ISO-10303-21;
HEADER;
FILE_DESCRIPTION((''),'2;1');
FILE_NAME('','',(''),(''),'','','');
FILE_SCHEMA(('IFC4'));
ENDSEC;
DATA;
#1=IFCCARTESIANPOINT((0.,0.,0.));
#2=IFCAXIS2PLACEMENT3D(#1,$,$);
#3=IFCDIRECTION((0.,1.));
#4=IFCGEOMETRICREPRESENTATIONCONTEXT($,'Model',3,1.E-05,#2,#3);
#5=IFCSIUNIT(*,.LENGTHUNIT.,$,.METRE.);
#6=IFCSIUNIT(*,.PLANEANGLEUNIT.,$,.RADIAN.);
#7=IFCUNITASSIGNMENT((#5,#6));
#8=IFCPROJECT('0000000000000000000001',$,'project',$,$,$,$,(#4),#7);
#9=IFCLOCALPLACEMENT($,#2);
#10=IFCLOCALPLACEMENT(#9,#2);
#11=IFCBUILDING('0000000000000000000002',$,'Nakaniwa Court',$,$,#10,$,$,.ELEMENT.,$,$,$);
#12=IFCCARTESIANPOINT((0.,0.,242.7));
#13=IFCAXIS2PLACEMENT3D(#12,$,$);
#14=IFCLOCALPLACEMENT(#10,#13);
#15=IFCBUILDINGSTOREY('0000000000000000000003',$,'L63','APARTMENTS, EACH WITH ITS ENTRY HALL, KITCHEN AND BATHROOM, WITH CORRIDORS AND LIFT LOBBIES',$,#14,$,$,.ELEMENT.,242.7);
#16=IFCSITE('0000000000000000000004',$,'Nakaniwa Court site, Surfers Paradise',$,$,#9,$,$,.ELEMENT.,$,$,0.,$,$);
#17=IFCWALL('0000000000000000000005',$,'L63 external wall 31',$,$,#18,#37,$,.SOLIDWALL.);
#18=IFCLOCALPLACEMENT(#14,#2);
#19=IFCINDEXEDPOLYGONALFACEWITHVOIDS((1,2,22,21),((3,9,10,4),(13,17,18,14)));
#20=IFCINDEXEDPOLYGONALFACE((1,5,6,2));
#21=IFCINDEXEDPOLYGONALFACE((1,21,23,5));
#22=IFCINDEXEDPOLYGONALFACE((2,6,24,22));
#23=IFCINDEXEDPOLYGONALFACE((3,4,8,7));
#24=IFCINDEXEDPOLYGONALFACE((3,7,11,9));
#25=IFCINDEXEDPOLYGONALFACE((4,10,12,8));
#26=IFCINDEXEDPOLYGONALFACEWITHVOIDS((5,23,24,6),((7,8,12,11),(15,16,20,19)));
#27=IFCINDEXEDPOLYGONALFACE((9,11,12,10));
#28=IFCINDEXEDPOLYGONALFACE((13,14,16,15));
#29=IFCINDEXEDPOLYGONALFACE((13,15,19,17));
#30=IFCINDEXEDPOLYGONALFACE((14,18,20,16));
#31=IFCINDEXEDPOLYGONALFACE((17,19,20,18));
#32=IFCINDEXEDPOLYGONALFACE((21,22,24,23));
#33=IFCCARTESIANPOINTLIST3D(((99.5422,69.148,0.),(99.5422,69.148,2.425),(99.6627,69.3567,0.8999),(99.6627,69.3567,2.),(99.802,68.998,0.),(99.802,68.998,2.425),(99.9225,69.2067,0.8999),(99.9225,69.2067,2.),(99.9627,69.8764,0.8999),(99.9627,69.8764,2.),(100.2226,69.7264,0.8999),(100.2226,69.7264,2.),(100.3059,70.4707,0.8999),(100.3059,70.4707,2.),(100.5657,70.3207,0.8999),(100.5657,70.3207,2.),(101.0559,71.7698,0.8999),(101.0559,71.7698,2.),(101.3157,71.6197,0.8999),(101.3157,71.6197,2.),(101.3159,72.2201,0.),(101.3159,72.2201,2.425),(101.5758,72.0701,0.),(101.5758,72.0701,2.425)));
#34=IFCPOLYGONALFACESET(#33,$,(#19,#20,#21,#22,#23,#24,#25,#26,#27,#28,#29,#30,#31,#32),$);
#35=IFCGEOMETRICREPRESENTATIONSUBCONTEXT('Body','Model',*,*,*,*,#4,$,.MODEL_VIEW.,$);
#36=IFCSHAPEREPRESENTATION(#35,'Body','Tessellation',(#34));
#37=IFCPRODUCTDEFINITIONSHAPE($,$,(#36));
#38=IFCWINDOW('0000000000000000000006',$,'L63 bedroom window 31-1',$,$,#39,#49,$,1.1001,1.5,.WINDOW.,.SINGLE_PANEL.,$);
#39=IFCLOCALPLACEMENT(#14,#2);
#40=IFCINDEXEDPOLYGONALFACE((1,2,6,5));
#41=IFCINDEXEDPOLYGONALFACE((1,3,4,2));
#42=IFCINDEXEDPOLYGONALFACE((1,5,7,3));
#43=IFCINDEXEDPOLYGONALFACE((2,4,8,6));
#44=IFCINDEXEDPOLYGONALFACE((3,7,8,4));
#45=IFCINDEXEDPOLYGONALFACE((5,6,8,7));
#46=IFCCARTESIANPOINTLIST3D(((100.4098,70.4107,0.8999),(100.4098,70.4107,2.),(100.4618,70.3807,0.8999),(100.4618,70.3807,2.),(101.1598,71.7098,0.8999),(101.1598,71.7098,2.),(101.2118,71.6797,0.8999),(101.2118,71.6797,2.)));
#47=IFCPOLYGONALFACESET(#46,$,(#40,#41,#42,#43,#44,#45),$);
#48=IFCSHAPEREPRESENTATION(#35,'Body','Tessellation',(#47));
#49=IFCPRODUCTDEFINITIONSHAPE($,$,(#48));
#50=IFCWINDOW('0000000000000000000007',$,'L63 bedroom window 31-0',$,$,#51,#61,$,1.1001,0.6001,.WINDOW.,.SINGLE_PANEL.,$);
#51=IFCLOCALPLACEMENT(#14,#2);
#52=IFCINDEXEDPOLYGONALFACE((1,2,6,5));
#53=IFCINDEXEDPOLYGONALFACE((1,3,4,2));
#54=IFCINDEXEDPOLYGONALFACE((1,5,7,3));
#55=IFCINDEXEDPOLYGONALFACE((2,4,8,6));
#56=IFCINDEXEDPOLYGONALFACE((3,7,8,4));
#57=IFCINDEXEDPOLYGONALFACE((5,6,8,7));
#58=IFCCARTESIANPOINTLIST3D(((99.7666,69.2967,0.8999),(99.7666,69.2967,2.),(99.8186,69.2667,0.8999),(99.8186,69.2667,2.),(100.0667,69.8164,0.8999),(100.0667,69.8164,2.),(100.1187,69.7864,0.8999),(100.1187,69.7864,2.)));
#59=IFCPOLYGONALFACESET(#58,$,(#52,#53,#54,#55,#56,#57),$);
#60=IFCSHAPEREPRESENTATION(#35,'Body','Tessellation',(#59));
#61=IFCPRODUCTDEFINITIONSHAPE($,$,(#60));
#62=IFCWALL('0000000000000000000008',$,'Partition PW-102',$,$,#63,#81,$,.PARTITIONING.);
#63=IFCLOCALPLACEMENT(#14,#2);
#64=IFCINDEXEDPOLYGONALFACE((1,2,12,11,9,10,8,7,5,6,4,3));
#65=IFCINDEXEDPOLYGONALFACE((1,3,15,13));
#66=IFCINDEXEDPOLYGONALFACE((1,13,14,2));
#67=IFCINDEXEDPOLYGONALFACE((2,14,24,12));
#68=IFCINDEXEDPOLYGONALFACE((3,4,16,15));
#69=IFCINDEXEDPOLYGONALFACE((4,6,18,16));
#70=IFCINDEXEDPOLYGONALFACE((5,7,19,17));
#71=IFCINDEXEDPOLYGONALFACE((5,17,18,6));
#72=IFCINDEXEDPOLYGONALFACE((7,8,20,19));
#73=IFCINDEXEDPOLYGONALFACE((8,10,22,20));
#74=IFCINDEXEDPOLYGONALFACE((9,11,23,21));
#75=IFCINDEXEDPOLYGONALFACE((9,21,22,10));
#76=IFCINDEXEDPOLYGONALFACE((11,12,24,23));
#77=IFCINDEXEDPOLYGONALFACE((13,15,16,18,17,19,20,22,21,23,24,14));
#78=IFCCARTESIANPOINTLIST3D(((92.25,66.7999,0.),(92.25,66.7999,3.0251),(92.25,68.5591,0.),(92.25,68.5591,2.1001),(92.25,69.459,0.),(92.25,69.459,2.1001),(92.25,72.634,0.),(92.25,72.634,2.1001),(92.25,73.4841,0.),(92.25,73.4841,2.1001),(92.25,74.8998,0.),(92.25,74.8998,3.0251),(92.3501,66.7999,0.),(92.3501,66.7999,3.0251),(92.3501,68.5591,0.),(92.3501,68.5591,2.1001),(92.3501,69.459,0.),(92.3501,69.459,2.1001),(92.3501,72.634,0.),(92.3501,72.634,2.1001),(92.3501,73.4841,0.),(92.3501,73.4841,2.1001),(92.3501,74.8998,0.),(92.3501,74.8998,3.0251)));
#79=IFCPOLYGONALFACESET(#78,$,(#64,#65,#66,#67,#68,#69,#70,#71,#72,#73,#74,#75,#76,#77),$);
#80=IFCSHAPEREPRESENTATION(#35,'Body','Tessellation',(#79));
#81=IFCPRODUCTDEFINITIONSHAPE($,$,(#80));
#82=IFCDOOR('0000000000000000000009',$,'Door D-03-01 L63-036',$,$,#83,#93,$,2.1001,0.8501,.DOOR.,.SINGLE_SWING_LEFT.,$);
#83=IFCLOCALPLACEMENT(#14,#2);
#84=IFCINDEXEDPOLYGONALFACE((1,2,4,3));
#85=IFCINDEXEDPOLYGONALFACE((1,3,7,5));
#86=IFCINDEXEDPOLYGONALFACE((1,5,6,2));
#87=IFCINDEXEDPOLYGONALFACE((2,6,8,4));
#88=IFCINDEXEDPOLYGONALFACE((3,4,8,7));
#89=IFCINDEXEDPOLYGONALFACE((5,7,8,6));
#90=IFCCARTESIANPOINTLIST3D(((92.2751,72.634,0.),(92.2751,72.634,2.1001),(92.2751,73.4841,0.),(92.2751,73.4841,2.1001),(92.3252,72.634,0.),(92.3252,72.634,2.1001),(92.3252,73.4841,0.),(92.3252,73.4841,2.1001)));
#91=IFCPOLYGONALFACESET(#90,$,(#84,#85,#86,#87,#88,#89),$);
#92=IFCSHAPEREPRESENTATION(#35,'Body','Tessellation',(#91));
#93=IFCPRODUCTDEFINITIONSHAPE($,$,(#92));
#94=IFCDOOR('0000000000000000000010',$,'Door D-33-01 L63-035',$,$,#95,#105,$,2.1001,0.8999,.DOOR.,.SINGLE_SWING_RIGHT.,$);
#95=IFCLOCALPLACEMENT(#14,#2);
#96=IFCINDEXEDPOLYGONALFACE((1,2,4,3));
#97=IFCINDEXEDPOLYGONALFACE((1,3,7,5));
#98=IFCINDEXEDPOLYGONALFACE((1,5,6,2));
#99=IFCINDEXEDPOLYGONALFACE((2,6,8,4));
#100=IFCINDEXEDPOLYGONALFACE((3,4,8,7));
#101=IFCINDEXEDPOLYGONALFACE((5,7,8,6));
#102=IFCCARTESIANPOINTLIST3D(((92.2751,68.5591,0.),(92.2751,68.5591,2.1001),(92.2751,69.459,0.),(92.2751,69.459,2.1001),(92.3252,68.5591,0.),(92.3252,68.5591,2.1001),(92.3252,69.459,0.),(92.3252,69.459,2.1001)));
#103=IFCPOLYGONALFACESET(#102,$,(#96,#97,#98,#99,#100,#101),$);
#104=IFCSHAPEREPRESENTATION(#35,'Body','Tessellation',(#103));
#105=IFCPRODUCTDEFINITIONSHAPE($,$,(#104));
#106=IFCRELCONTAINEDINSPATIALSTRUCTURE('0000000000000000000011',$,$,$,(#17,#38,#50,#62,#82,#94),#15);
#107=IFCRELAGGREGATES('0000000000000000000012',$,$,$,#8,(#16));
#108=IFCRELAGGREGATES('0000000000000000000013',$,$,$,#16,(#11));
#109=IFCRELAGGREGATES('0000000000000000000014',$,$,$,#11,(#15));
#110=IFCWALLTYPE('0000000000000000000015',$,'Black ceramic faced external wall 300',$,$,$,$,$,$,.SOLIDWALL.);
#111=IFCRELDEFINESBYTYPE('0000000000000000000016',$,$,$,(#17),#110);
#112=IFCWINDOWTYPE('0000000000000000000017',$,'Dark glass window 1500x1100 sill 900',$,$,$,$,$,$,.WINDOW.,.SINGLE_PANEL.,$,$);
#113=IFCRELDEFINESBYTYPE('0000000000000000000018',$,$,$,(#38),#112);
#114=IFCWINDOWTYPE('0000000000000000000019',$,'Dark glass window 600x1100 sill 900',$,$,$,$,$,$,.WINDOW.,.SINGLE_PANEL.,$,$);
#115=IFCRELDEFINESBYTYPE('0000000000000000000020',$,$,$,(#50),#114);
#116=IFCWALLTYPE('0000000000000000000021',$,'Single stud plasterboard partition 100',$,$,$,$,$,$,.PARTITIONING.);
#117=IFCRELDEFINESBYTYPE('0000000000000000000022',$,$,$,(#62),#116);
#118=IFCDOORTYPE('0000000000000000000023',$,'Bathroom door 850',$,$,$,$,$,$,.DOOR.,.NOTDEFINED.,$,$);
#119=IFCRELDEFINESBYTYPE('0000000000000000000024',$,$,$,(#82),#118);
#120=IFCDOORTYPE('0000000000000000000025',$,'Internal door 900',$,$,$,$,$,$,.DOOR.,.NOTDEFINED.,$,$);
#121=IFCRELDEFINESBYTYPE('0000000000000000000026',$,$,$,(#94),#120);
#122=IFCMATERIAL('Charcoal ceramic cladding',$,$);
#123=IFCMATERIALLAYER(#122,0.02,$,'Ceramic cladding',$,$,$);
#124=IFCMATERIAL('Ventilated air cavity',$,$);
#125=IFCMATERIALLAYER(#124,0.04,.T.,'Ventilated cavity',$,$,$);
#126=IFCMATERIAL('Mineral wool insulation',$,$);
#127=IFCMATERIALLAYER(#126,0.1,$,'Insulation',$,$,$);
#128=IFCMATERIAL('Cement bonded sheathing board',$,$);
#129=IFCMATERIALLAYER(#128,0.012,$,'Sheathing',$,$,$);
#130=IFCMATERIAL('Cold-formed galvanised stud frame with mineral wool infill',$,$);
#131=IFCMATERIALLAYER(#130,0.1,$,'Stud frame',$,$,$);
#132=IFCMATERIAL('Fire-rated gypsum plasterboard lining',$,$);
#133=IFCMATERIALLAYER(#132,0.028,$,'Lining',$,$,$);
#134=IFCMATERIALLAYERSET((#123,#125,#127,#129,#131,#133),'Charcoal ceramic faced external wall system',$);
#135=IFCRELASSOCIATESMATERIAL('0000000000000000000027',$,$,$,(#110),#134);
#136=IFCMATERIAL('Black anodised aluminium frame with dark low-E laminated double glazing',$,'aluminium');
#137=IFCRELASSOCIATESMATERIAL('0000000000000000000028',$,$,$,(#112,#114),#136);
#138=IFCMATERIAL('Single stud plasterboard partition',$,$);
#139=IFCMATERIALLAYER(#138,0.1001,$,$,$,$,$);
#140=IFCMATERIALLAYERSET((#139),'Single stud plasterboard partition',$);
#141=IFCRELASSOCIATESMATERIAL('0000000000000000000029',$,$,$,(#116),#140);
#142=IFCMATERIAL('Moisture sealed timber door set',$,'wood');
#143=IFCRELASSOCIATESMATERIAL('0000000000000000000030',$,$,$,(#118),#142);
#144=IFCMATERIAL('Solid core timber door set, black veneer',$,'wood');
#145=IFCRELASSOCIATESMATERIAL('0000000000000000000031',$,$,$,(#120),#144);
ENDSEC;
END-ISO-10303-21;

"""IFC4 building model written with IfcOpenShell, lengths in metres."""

from ifc_helpers import new_model, si_unit, direction, frame, frame_2d, origin, place, context, subcontext, project, spatial, rectangle, extrude, material, layer, layer_set, type_object, element, fill, save


model = new_model("IFC4")

# Units and contexts
model_context = context("Model", 3, precision=1e-05, world=origin(), true_north=direction((0.0, 1.0)))
body_context = subcontext(model_context, "Body", "Model", "MODEL_VIEW")
ifc_project = project(units=[si_unit("LENGTHUNIT", "METRE"), si_unit("PLANEANGLEUNIT", "RADIAN")], contexts=[model_context])

# Site, building, storey
site_placement = place(None, origin())
site = spatial("IfcSite", under=ifc_project, at=site_placement, Name="Nakaniwa Court site, Surfers Paradise", CompositionType="ELEMENT", RefElevation=0.0)
building_placement = place(site_placement, origin())
building = spatial("IfcBuilding", under=site, at=building_placement, Name="Nakaniwa Court", CompositionType="ELEMENT")
storey_placement = place(building_placement, frame((0.0, 0.0, 242.7)))
storey = spatial("IfcBuildingStorey", under=building, at=storey_placement, Name="L63", Description="APARTMENTS, EACH WITH ITS ENTRY HALL, KITCHEN AND BATHROOM, WITH CORRIDORS AND LIFT LOBBIES", CompositionType="ELEMENT", Elevation=242.7)

# Shared definitions
ifc_material_1 = material(Name="Charcoal ceramic cladding")
ifc_layer_1 = layer(ifc_material_1, 0.02, Name="Ceramic cladding")
ifc_material_2 = material(Name="Ventilated air cavity")
ifc_layer_2 = layer(ifc_material_2, 0.04, ventilated=True, Name="Ventilated cavity")
ifc_material_3 = material(Name="Mineral wool insulation")
ifc_layer_3 = layer(ifc_material_3, 0.1, Name="Insulation")
ifc_material_4 = material(Name="Cement bonded sheathing board")
ifc_layer_4 = layer(ifc_material_4, 0.012, Name="Sheathing")
ifc_material_5 = material(Name="Cold-formed galvanised stud frame with mineral wool infill")
ifc_layer_5 = layer(ifc_material_5, 0.1, Name="Stud frame")
ifc_material_6 = material(Name="Fire-rated gypsum plasterboard lining")
ifc_layer_6 = layer(ifc_material_6, 0.028, Name="Lining")
ifc_layer_set_1 = layer_set([ifc_layer_1, ifc_layer_2, ifc_layer_3, ifc_layer_4, ifc_layer_5, ifc_layer_6], Name="Charcoal ceramic faced external wall system")
wall_type_1 = type_object("IfcWallType", Name="Black ceramic faced external wall 300", PredefinedType="SOLIDWALL", material=ifc_layer_set_1)
ifc_material_7 = material(Name="Black anodised aluminium frame with dark low-E laminated double glazing", Category="aluminium")

# Wall, openings, windows
wall_1_placement = place(storey_placement, frame((99.6721, 69.073, 0.0), z_axis=(0.0, 0.0, 1.0), x_axis=(0.50001, 0.866019, 0.0)))
wall_1 = element("IfcWall", 1, at=wall_1_placement, inside=storey, type_object=wall_type_1, Name="L63 external wall 31", PredefinedType="SOLIDWALL", context=body_context, shape_type="SweptSolid", body=[
    extrude(rectangle(XDim=3.5474, YDim=0.3, at=frame_2d((1.7737, 0.0))), origin(), (0.0, 0.0, 1.0), 2.425),
])
opening_1_placement = place(wall_1_placement, frame((0.241, 0.0, 0.8999)))
opening_1 = element("IfcOpeningElement", 2, at=opening_1_placement, cuts=wall_1, PredefinedType="OPENING", context=body_context, shape_type="SweptSolid", body=[
    extrude(rectangle(XDim=0.6001, YDim=1.1001, at=frame_2d((0.3, 0.55))), frame((0.0, 0.1599, 0.0), z_axis=(0.0, -1.0, 0.0), x_axis=(1.0, 0.0, 0.0)), (0.0, 0.0, 1.0), 0.3201),
])
opening_2_placement = place(wall_1_placement, frame((1.5273, 0.0, 0.8999)))
opening_2 = element("IfcOpeningElement", 3, at=opening_2_placement, cuts=wall_1, PredefinedType="OPENING", context=body_context, shape_type="SweptSolid", body=[
    extrude(rectangle(XDim=1.5, YDim=1.1001, at=frame_2d((0.75, 0.55))), frame((0.0, 0.1599, 0.0), z_axis=(0.0, -1.0, 0.0), x_axis=(1.0, 0.0, 0.0)), (0.0, 0.0, 1.0), 0.3201),
])
window_type_1 = type_object("IfcWindowType", Name="Dark glass window 1500x1100 sill 900", PartitioningType="SINGLE_PANEL", PredefinedType="WINDOW", material=ifc_material_7)
window_1_placement = place(opening_2_placement, origin())
window_1 = element("IfcWindow", 4, at=window_1_placement, inside=storey, type_object=window_type_1, Name="L63 bedroom window 31-1", OverallHeight=1.1001, OverallWidth=1.5, PartitioningType="SINGLE_PANEL", PredefinedType="WINDOW", context=body_context, shape_type="SweptSolid", body=[
    extrude(rectangle(XDim=1.5, YDim=1.1001, at=frame_2d((0.75, 0.55))), frame((0.0, 0.03, 0.0), z_axis=(0.0, -1.0, 0.0), x_axis=(1.0, 0.0, 0.0)), (0.0, 0.0, 1.0), 0.0601),
])
fill(opening_2, window_1)
window_type_2 = type_object("IfcWindowType", Name="Dark glass window 600x1100 sill 900", PartitioningType="SINGLE_PANEL", PredefinedType="WINDOW", material=ifc_material_7)
window_2_placement = place(opening_1_placement, origin())
window_2 = element("IfcWindow", 5, at=window_2_placement, inside=storey, type_object=window_type_2, Name="L63 bedroom window 31-0", OverallHeight=1.1001, OverallWidth=0.6001, PartitioningType="SINGLE_PANEL", PredefinedType="WINDOW", context=body_context, shape_type="SweptSolid", body=[
    extrude(rectangle(XDim=0.6001, YDim=1.1001, at=frame_2d((0.3, 0.55))), frame((0.0, 0.03, 0.0), z_axis=(0.0, -1.0, 0.0), x_axis=(1.0, 0.0, 0.0)), (0.0, 0.0, 1.0), 0.0601),
])
fill(opening_1, window_2)

# Wall, openings, doors
ifc_material_8 = material(Name="Single stud plasterboard partition")
ifc_layer_7 = layer(ifc_material_8, 0.1001)
ifc_layer_set_2 = layer_set([ifc_layer_7], Name="Single stud plasterboard partition")
wall_type_2 = type_object("IfcWallType", Name="Single stud plasterboard partition 100", PredefinedType="PARTITIONING", material=ifc_layer_set_2)
wall_2_placement = place(storey_placement, frame((92.3, 66.8, 0.0), z_axis=(0.0, 0.0, 1.0), x_axis=(0.0, 1.0, 0.0)))
wall_2 = element("IfcWall", 6, at=wall_2_placement, inside=storey, type_object=wall_type_2, Name="Partition PW-102", PredefinedType="PARTITIONING", context=body_context, shape_type="SweptSolid", body=[
    extrude(rectangle(XDim=8.0999, YDim=0.1001, at=frame_2d((4.0498, 0.0))), origin(), (0.0, 0.0, 1.0), 3.0251),
])
opening_3_placement = place(wall_2_placement, frame((1.759, 0.0, 0.0)))
opening_3 = element("IfcOpeningElement", 7, at=opening_3_placement, cuts=wall_2, PredefinedType="OPENING", context=body_context, shape_type="SweptSolid", body=[
    extrude(rectangle(XDim=0.8999, YDim=2.1001, at=frame_2d((0.45, 1.05))), frame((0.0, 0.0601, 0.0), z_axis=(0.0, -1.0, 0.0), x_axis=(1.0, 0.0, 0.0)), (0.0, 0.0, 1.0), 0.1201),
])
opening_4_placement = place(wall_2_placement, frame((5.834, 0.0, 0.0)))
opening_4 = element("IfcOpeningElement", 8, at=opening_4_placement, cuts=wall_2, PredefinedType="OPENING", context=body_context, shape_type="SweptSolid", body=[
    extrude(rectangle(XDim=0.8501, YDim=2.1001, at=frame_2d((0.425, 1.05))), frame((0.0, 0.0601, 0.0), z_axis=(0.0, -1.0, 0.0), x_axis=(1.0, 0.0, 0.0)), (0.0, 0.0, 1.0), 0.1201),
])
ifc_material_9 = material(Name="Moisture sealed timber door set", Category="wood")
door_type_1 = type_object("IfcDoorType", Name="Bathroom door 850", OperationType="NOTDEFINED", PredefinedType="DOOR", material=ifc_material_9)
door_1_placement = place(opening_4_placement, origin())
door_1 = element("IfcDoor", 9, at=door_1_placement, inside=storey, type_object=door_type_1, Name="Door D-03-01 L63-036", OperationType="SINGLE_SWING_LEFT", OverallHeight=2.1001, OverallWidth=0.8501, PredefinedType="DOOR", context=body_context, shape_type="SweptSolid", body=[
    extrude(rectangle(XDim=0.8501, YDim=2.1001, at=frame_2d((0.425, 1.05))), frame((0.0, 0.0249, 0.0), z_axis=(0.0, -1.0, 0.0), x_axis=(1.0, 0.0, 0.0)), (0.0, 0.0, 1.0), 0.05),
])
fill(opening_4, door_1)
ifc_material_10 = material(Name="Solid core timber door set, black veneer", Category="wood")
door_type_2 = type_object("IfcDoorType", Name="Internal door 900", OperationType="NOTDEFINED", PredefinedType="DOOR", material=ifc_material_10)
door_2_placement = place(opening_3_placement, origin())
door_2 = element("IfcDoor", 10, at=door_2_placement, inside=storey, type_object=door_type_2, Name="Door D-33-01 L63-035", OperationType="SINGLE_SWING_RIGHT", OverallHeight=2.1001, OverallWidth=0.8999, PredefinedType="DOOR", context=body_context, shape_type="SweptSolid", body=[
    extrude(rectangle(XDim=0.8999, YDim=2.1001, at=frame_2d((0.45, 1.05))), frame((0.0, 0.0249, 0.0), z_axis=(0.0, -1.0, 0.0), x_axis=(1.0, 0.0, 0.0)), (0.0, 0.0, 1.0), 0.05),
])
fill(opening_3, door_2)

save(model, "model.ifc")
